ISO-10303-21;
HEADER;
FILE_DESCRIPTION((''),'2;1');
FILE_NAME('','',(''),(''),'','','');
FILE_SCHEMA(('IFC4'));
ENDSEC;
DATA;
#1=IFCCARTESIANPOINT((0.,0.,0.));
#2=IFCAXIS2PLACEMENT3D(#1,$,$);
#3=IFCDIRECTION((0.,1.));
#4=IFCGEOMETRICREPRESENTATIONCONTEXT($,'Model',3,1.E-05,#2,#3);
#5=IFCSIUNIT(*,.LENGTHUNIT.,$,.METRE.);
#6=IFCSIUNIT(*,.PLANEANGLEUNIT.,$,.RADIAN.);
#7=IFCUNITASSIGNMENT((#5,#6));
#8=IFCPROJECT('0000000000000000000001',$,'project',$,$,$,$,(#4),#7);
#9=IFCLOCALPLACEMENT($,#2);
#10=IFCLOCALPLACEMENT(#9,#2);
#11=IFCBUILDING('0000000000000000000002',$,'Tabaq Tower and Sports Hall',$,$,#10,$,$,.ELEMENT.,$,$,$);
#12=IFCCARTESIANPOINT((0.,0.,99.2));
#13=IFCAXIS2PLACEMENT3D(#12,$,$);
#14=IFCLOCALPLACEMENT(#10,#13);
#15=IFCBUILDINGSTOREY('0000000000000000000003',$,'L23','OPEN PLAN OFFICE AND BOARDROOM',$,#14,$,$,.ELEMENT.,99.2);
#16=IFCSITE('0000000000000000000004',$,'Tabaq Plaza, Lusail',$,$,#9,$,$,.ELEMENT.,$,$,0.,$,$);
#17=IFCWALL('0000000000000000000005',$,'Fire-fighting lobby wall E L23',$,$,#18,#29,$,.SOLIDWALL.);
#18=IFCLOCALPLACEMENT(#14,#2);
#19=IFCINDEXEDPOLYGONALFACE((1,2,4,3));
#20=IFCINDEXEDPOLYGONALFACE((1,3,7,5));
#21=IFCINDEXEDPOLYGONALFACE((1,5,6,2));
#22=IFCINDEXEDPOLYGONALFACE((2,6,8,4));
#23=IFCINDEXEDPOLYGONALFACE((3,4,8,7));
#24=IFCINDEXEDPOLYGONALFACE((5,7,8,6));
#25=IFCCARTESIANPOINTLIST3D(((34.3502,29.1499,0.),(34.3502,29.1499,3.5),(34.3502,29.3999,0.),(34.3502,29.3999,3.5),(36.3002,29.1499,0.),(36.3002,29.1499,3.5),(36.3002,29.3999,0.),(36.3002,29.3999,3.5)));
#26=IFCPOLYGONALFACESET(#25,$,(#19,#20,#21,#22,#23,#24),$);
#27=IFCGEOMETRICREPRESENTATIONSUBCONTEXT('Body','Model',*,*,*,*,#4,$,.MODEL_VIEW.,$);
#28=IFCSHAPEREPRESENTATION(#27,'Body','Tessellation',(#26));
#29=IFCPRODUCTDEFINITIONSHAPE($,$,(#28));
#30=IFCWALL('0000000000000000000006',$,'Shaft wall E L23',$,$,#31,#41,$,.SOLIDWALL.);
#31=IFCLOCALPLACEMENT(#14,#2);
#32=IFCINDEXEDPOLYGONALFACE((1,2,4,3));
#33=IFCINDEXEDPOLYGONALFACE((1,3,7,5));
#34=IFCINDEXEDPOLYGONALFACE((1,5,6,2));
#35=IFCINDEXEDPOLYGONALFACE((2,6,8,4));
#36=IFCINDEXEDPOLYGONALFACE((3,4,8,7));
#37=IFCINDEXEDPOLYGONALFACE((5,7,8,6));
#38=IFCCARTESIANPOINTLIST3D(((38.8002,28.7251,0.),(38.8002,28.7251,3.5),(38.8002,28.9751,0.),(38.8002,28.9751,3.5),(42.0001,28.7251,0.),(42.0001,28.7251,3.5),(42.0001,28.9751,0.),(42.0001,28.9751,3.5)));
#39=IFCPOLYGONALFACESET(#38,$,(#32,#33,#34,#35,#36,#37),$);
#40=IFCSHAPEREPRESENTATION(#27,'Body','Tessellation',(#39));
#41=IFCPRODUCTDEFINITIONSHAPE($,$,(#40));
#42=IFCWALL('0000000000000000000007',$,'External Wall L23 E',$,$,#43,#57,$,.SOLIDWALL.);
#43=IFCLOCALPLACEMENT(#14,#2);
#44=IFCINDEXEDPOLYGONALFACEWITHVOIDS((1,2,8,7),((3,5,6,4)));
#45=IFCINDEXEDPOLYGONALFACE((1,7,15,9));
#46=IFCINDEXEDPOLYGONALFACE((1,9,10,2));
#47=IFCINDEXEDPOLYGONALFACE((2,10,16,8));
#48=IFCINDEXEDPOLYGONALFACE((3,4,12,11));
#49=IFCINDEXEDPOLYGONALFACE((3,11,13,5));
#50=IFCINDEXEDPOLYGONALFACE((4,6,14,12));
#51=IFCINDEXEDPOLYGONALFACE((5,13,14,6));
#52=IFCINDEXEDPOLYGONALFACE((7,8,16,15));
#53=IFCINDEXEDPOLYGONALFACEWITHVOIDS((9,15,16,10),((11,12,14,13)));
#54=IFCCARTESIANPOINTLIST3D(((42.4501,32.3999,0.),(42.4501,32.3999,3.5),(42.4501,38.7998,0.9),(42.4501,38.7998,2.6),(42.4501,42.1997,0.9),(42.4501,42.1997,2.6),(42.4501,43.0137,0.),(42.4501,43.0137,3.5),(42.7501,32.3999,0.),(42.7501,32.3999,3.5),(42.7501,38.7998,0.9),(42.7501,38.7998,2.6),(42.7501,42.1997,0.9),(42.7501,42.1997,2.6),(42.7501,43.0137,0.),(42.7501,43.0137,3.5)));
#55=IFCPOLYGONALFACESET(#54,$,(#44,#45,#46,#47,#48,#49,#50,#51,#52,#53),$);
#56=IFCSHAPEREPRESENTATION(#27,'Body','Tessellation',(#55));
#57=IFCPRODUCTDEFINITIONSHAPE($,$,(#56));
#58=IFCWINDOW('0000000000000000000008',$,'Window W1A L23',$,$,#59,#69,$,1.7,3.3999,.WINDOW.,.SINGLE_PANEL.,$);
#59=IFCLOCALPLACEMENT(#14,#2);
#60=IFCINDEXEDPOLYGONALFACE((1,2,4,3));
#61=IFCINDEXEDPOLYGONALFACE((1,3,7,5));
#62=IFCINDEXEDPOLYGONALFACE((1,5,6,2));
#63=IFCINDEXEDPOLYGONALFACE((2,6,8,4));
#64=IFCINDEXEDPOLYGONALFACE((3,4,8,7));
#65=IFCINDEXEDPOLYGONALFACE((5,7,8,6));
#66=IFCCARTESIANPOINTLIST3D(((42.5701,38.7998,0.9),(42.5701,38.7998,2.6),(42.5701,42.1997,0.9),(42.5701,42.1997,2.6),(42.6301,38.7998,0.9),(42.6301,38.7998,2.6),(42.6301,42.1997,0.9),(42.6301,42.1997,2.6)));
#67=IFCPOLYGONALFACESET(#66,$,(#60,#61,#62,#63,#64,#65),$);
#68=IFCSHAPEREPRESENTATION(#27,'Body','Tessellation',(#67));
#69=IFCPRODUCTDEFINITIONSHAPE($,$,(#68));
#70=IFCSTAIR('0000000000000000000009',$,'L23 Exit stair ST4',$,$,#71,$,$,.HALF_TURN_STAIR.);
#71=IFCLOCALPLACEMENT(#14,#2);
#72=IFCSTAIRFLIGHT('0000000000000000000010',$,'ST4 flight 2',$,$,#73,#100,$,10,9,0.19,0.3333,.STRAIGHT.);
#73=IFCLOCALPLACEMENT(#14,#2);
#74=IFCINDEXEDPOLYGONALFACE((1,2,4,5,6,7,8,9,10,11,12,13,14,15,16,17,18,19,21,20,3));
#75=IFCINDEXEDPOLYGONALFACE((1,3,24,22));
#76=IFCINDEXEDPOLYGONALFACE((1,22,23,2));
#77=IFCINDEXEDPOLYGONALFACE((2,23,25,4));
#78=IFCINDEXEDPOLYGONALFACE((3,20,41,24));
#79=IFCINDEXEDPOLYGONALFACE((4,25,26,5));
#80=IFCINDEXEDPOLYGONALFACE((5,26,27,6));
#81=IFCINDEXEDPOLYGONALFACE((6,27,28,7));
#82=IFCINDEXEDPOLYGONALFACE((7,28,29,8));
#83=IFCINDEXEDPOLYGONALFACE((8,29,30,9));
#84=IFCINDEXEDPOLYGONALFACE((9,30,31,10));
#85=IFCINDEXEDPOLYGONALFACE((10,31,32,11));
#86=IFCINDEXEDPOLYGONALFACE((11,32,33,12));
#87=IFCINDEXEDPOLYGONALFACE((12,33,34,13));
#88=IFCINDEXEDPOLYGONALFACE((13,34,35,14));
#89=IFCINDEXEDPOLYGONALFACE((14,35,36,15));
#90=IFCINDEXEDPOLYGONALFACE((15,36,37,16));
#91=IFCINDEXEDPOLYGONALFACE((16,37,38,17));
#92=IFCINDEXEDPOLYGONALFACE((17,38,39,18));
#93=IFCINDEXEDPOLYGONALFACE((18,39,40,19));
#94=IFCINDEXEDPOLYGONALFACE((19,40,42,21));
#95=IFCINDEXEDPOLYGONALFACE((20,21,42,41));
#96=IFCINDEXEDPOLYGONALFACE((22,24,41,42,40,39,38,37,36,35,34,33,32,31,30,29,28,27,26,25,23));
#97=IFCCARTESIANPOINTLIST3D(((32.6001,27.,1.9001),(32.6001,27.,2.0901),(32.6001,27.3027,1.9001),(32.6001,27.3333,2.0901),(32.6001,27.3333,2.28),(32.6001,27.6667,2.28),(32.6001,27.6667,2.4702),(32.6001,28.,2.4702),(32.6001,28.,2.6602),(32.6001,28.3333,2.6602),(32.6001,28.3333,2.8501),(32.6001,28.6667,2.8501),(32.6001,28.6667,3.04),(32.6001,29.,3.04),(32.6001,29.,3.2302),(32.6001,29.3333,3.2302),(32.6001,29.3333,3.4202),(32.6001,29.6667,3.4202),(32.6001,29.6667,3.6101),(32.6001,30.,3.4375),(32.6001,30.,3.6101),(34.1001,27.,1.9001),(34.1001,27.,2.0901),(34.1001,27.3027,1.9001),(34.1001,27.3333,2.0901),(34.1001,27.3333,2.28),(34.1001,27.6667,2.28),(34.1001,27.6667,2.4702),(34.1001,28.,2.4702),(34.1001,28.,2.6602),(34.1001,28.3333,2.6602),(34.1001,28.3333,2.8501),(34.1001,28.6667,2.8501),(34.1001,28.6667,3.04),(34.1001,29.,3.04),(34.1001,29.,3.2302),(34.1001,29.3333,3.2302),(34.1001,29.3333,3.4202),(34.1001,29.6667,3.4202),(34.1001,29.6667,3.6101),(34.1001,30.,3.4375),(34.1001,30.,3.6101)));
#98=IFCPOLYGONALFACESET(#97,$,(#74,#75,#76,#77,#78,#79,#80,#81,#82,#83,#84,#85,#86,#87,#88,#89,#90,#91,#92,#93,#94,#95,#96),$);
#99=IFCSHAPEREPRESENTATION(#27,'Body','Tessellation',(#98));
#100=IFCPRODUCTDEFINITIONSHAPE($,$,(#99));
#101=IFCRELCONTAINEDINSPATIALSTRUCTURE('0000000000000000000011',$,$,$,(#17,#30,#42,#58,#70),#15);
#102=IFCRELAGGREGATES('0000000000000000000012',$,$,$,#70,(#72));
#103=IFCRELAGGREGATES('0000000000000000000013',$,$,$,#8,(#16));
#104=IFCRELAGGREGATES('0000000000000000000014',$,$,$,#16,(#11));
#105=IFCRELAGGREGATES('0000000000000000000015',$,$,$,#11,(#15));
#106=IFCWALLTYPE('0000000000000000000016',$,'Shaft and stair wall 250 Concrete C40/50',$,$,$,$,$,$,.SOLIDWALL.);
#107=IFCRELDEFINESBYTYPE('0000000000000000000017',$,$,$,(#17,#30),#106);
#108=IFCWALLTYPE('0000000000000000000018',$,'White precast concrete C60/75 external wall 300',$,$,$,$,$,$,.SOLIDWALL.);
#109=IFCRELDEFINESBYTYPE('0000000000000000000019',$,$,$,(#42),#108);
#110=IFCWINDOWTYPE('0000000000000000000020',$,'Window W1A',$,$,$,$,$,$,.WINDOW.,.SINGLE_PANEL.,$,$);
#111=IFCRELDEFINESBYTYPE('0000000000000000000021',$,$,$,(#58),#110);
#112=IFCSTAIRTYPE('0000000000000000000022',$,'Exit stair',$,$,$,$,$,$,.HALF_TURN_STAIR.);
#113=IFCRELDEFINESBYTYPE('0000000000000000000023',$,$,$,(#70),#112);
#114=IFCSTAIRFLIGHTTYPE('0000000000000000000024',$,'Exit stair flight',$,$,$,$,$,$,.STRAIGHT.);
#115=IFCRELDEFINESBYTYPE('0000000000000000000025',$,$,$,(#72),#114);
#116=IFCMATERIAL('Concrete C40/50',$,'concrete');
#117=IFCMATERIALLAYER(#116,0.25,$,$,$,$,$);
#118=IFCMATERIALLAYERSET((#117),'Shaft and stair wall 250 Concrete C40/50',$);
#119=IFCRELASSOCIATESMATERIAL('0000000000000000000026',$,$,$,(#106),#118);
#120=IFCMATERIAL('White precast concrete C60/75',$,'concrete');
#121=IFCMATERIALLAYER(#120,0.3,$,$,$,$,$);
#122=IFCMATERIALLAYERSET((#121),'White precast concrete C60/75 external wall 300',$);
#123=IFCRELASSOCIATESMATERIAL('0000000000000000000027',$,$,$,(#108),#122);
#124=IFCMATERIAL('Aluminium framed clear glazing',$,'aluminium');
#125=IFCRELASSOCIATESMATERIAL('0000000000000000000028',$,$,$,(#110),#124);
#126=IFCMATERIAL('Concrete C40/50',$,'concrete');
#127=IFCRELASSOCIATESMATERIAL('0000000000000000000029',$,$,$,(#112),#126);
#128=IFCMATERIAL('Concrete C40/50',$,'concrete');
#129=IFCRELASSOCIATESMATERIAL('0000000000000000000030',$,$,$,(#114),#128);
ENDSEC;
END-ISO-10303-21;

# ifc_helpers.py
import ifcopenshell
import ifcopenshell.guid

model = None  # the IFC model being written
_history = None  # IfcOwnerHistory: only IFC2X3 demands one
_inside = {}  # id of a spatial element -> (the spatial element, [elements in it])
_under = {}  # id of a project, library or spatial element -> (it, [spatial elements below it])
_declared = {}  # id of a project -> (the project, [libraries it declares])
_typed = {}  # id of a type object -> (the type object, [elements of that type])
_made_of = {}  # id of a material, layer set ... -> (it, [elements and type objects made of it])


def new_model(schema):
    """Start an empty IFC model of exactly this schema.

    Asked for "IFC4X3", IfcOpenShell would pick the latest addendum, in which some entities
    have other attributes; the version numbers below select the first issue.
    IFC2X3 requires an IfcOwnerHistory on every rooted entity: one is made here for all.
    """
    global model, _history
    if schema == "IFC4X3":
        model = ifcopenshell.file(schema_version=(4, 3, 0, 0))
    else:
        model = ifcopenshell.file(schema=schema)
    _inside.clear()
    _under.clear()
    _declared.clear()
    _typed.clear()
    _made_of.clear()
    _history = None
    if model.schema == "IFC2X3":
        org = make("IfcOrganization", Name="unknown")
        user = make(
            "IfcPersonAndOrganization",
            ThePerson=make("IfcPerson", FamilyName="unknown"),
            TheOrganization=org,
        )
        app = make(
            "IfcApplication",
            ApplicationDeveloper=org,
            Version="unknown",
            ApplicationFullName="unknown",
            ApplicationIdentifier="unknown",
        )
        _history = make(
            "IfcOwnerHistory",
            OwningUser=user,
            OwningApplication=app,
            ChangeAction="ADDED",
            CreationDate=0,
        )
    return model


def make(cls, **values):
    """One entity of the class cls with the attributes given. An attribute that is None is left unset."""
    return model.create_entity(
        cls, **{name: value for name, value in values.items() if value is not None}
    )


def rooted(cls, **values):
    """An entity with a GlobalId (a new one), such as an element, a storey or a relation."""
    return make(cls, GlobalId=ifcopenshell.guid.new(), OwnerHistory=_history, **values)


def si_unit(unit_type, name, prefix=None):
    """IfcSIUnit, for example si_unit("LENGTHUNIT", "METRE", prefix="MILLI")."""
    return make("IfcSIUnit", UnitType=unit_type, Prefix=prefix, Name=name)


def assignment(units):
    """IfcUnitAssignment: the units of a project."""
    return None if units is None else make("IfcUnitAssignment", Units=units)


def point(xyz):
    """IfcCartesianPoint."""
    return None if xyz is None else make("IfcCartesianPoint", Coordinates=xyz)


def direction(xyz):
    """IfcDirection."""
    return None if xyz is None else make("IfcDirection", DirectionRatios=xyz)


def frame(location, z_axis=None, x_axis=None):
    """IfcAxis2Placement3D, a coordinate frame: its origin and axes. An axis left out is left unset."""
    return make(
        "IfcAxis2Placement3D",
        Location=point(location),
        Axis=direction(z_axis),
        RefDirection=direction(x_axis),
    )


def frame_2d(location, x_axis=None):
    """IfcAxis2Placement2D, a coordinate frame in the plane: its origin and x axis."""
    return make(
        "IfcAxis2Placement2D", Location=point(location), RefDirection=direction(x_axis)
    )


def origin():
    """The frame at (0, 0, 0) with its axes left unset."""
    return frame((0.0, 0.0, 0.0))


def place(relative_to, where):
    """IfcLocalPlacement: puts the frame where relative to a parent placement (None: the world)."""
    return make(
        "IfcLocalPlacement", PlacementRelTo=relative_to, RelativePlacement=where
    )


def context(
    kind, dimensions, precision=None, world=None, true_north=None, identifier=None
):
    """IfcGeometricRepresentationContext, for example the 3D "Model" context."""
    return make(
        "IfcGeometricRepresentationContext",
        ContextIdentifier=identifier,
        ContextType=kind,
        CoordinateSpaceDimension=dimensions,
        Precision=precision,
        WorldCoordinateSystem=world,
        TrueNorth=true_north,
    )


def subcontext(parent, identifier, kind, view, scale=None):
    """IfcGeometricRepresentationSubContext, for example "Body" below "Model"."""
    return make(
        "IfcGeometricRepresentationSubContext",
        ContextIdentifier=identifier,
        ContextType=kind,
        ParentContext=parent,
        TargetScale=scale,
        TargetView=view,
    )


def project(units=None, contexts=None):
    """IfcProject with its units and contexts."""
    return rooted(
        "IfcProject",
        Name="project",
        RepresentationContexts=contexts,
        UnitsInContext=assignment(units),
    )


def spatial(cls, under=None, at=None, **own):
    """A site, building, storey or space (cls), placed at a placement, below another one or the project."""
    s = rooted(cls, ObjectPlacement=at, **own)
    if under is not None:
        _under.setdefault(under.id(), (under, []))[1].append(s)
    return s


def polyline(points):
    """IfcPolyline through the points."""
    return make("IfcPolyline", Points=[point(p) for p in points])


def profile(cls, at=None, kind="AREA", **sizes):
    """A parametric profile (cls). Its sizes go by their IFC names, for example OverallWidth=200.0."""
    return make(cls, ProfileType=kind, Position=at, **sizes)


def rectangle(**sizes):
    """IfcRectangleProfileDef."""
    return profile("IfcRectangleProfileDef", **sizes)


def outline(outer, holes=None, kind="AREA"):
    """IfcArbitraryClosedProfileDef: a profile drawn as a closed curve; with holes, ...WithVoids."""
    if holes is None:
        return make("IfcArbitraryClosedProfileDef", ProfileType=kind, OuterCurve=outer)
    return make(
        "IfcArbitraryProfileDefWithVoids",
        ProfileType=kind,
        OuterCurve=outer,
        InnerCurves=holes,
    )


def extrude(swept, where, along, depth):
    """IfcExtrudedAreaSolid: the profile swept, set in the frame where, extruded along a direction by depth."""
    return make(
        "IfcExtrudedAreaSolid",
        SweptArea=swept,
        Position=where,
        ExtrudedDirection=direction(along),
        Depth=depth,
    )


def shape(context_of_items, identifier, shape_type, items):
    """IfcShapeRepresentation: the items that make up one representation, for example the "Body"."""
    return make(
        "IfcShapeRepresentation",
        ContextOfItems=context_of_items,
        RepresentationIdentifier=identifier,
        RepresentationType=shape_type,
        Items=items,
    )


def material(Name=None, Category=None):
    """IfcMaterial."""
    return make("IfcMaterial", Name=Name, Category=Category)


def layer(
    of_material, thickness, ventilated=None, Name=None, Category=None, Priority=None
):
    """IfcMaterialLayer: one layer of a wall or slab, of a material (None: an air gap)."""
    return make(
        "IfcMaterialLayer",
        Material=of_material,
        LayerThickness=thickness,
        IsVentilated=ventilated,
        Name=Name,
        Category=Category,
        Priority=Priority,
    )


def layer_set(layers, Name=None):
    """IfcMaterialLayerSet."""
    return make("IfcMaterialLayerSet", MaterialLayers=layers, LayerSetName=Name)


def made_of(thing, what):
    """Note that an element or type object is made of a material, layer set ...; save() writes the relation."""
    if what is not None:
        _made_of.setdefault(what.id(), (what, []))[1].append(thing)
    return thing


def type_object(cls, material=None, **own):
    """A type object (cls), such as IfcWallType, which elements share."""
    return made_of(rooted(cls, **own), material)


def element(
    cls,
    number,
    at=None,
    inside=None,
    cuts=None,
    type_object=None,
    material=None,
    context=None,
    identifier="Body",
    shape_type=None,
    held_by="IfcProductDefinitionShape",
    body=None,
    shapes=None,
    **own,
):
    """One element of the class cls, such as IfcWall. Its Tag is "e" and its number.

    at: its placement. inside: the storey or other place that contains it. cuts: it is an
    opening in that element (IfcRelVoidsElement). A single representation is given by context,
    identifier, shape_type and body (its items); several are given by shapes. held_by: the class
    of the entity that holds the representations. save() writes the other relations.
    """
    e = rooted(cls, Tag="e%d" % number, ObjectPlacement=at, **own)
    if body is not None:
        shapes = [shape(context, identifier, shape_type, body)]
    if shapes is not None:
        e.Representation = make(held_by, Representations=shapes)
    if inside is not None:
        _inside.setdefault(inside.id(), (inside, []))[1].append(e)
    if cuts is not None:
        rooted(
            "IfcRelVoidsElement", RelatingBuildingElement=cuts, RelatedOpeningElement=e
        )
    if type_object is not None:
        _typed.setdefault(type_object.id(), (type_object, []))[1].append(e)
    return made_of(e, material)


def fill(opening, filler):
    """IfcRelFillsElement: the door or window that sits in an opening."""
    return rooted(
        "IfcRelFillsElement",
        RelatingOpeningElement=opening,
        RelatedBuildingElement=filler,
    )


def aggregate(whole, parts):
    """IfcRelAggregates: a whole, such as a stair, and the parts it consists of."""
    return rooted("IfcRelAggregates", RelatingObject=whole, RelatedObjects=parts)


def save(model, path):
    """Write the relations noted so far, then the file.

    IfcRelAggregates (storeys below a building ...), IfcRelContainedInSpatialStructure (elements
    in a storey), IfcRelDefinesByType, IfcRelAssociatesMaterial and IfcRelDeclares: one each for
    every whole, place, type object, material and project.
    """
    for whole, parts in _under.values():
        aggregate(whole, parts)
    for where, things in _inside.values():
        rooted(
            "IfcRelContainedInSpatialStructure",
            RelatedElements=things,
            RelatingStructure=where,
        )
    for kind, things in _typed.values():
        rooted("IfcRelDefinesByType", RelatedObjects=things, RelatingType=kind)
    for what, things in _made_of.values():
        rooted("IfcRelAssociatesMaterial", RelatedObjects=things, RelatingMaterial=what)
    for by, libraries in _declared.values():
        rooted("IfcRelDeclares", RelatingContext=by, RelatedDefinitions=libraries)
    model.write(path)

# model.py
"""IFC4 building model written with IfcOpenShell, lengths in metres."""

from ifc_helpers import new_model, si_unit, direction, frame, frame_2d, origin, place, context, subcontext, project, spatial, polyline, rectangle, outline, extrude, material, layer, layer_set, type_object, element, fill, aggregate, save


model = new_model("IFC4")

# Units and contexts
model_context = context("Model", 3, precision=1e-05, world=origin(), true_north=direction((0.0, 1.0)))
body_context = subcontext(model_context, "Body", "Model", "MODEL_VIEW")
ifc_project = project(units=[si_unit("LENGTHUNIT", "METRE"), si_unit("PLANEANGLEUNIT", "RADIAN")], contexts=[model_context])

# Site, building, storey
site_placement = place(None, origin())
site = spatial("IfcSite", under=ifc_project, at=site_placement, Name="Tabaq Plaza, Lusail", CompositionType="ELEMENT", RefElevation=0.0)
building_placement = place(site_placement, origin())
building = spatial("IfcBuilding", under=site, at=building_placement, Name="Tabaq Tower and Sports Hall", CompositionType="ELEMENT")
storey_placement = place(building_placement, frame((0.0, 0.0, 99.2)))
storey = spatial("IfcBuildingStorey", under=building, at=storey_placement, Name="L23", Description="OPEN PLAN OFFICE AND BOARDROOM", CompositionType="ELEMENT", Elevation=99.2)

# Shared definitions
ifc_material_1 = material(Name="Concrete C40/50", Category="concrete")
ifc_layer_1 = layer(ifc_material_1, 0.25)
ifc_layer_set_1 = layer_set([ifc_layer_1], Name="Shaft and stair wall 250 Concrete C40/50")
wall_type_1 = type_object("IfcWallType", Name="Shaft and stair wall 250 Concrete C40/50", PredefinedType="SOLIDWALL", material=ifc_layer_set_1)

# Walls
wall_1_placement = place(storey_placement, frame((34.3501, 29.2749, 0.0), z_axis=(0.0, 0.0, 1.0), x_axis=(1.0, 0.0, 0.0)))
element("IfcWall", 1, at=wall_1_placement, inside=storey, type_object=wall_type_1, Name="Fire-fighting lobby wall E L23", PredefinedType="SOLIDWALL", context=body_context, shape_type="SweptSolid", body=[
    extrude(rectangle(XDim=1.95, YDim=0.25, at=frame_2d((0.9751, 0.0))), origin(), (0.0, 0.0, 1.0), 3.5),
])
wall_2_placement = place(storey_placement, frame((38.8, 28.8501, 0.0), z_axis=(0.0, 0.0, 1.0), x_axis=(1.0, 0.0, 0.0)))
element("IfcWall", 2, at=wall_2_placement, inside=storey, type_object=wall_type_1, Name="Shaft wall E L23", PredefinedType="SOLIDWALL", context=body_context, shape_type="SweptSolid", body=[
    extrude(rectangle(XDim=3.2, YDim=0.25, at=frame_2d((1.6001, 0.0))), origin(), (0.0, 0.0, 1.0), 3.5),
])

# Wall, opening, window
ifc_material_2 = material(Name="White precast concrete C60/75", Category="concrete")
ifc_layer_2 = layer(ifc_material_2, 0.3)
ifc_layer_set_2 = layer_set([ifc_layer_2], Name="White precast concrete C60/75 external wall 300")
wall_type_2 = type_object("IfcWallType", Name="White precast concrete C60/75 external wall 300", PredefinedType="SOLIDWALL", material=ifc_layer_set_2)
wall_3_placement = place(storey_placement, frame((42.6001, 32.3999, 0.0), z_axis=(0.0, 0.0, 1.0), x_axis=(0.0, 1.0, 0.0)))
wall_3 = element("IfcWall", 3, at=wall_3_placement, inside=storey, type_object=wall_type_2, Name="External Wall L23 E", PredefinedType="SOLIDWALL", context=body_context, shape_type="SweptSolid", body=[
    extrude(rectangle(XDim=10.6138, YDim=0.3, at=frame_2d((5.3069, 0.0))), origin(), (0.0, 0.0, 1.0), 3.5),
])
opening_1_placement = place(wall_3_placement, frame((6.3999, 0.0, 0.8999)))
opening_1 = element("IfcOpeningElement", 4, at=opening_1_placement, cuts=wall_3, PredefinedType="OPENING", context=body_context, shape_type="SweptSolid", body=[
    extrude(rectangle(XDim=3.3999, YDim=1.7, at=frame_2d((1.7, 0.8501))), frame((0.0, 0.1602, 0.0), z_axis=(0.0, -1.0, 0.0), x_axis=(1.0, 0.0, 0.0)), (0.0, 0.0, 1.0), 0.3201),
])
ifc_material_3 = material(Name="Aluminium framed clear glazing", Category="aluminium")
window_type = type_object("IfcWindowType", Name="Window W1A", PartitioningType="SINGLE_PANEL", PredefinedType="WINDOW", material=ifc_material_3)
window_placement = place(opening_1_placement, origin())
window = element("IfcWindow", 5, at=window_placement, inside=storey, type_object=window_type, Name="Window W1A L23", OverallHeight=1.7, OverallWidth=3.3999, PartitioningType="SINGLE_PANEL", PredefinedType="WINDOW", context=body_context, shape_type="SweptSolid", body=[
    extrude(rectangle(XDim=3.3999, YDim=1.7, at=frame_2d((1.7, 0.8501))), frame((0.0, 0.03, 0.0), z_axis=(0.0, -1.0, 0.0), x_axis=(1.0, 0.0, 0.0)), (0.0, 0.0, 1.0), 0.0601),
])
fill(opening_1, window)

# Stair, stair flight
ifc_material_4 = material(Name="Concrete C40/50", Category="concrete")
stair_type = type_object("IfcStairType", Name="Exit stair", PredefinedType="HALF_TURN_STAIR", material=ifc_material_4)
stair_placement = place(storey_placement, origin())
stair = element("IfcStair", 6, at=stair_placement, inside=storey, type_object=stair_type, Name="L23 Exit stair ST4", PredefinedType="HALF_TURN_STAIR")
ifc_material_5 = material(Name="Concrete C40/50", Category="concrete")
stair_flight_type = type_object("IfcStairFlightType", Name="Exit stair flight", PredefinedType="STRAIGHT", material=ifc_material_5)
stair_flight_placement = place(storey_placement, frame((33.3501, 27.0, 1.9001), z_axis=(0.0, 0.0, 1.0), x_axis=(0.0, 1.0, 0.0)))
stair_flight = element("IfcStairFlight", 7, at=stair_flight_placement, type_object=stair_flight_type, Name="ST4 flight 2", NumberOfRisers=10, NumberOfTreads=9, PredefinedType="STRAIGHT", RiserHeight=0.19, TreadLength=0.3333, context=body_context, shape_type="SweptSolid", body=[
    extrude(outline(polyline([(0.0, 0.0), (0.0, 0.1899), (0.3333, 0.1899), (0.3333, 0.3799), (0.6667, 0.3799), (0.6667, 0.5701), (1.0, 0.5701), (1.0, 0.76), (1.3333, 0.76), (1.3333, 0.95), (1.6667, 0.95), (1.6667, 1.1399), (2.0, 1.1399), (2.0, 1.3301), (2.3333, 1.3301), (2.3333, 1.52), (2.6667, 1.52), (2.6667, 1.71), (3.0, 1.71), (3.0, 1.8999), (3.0, 1.5374), (0.3027, 0.0), (0.0, 0.0)])), frame((0.0, 0.75, 0.0), z_axis=(0.0, -1.0, 0.0), x_axis=(1.0, 0.0, 0.0)), (0.0, 0.0, 1.0), 1.5),
])
aggregate(stair, [stair_flight])

save(model, "model.ifc")
